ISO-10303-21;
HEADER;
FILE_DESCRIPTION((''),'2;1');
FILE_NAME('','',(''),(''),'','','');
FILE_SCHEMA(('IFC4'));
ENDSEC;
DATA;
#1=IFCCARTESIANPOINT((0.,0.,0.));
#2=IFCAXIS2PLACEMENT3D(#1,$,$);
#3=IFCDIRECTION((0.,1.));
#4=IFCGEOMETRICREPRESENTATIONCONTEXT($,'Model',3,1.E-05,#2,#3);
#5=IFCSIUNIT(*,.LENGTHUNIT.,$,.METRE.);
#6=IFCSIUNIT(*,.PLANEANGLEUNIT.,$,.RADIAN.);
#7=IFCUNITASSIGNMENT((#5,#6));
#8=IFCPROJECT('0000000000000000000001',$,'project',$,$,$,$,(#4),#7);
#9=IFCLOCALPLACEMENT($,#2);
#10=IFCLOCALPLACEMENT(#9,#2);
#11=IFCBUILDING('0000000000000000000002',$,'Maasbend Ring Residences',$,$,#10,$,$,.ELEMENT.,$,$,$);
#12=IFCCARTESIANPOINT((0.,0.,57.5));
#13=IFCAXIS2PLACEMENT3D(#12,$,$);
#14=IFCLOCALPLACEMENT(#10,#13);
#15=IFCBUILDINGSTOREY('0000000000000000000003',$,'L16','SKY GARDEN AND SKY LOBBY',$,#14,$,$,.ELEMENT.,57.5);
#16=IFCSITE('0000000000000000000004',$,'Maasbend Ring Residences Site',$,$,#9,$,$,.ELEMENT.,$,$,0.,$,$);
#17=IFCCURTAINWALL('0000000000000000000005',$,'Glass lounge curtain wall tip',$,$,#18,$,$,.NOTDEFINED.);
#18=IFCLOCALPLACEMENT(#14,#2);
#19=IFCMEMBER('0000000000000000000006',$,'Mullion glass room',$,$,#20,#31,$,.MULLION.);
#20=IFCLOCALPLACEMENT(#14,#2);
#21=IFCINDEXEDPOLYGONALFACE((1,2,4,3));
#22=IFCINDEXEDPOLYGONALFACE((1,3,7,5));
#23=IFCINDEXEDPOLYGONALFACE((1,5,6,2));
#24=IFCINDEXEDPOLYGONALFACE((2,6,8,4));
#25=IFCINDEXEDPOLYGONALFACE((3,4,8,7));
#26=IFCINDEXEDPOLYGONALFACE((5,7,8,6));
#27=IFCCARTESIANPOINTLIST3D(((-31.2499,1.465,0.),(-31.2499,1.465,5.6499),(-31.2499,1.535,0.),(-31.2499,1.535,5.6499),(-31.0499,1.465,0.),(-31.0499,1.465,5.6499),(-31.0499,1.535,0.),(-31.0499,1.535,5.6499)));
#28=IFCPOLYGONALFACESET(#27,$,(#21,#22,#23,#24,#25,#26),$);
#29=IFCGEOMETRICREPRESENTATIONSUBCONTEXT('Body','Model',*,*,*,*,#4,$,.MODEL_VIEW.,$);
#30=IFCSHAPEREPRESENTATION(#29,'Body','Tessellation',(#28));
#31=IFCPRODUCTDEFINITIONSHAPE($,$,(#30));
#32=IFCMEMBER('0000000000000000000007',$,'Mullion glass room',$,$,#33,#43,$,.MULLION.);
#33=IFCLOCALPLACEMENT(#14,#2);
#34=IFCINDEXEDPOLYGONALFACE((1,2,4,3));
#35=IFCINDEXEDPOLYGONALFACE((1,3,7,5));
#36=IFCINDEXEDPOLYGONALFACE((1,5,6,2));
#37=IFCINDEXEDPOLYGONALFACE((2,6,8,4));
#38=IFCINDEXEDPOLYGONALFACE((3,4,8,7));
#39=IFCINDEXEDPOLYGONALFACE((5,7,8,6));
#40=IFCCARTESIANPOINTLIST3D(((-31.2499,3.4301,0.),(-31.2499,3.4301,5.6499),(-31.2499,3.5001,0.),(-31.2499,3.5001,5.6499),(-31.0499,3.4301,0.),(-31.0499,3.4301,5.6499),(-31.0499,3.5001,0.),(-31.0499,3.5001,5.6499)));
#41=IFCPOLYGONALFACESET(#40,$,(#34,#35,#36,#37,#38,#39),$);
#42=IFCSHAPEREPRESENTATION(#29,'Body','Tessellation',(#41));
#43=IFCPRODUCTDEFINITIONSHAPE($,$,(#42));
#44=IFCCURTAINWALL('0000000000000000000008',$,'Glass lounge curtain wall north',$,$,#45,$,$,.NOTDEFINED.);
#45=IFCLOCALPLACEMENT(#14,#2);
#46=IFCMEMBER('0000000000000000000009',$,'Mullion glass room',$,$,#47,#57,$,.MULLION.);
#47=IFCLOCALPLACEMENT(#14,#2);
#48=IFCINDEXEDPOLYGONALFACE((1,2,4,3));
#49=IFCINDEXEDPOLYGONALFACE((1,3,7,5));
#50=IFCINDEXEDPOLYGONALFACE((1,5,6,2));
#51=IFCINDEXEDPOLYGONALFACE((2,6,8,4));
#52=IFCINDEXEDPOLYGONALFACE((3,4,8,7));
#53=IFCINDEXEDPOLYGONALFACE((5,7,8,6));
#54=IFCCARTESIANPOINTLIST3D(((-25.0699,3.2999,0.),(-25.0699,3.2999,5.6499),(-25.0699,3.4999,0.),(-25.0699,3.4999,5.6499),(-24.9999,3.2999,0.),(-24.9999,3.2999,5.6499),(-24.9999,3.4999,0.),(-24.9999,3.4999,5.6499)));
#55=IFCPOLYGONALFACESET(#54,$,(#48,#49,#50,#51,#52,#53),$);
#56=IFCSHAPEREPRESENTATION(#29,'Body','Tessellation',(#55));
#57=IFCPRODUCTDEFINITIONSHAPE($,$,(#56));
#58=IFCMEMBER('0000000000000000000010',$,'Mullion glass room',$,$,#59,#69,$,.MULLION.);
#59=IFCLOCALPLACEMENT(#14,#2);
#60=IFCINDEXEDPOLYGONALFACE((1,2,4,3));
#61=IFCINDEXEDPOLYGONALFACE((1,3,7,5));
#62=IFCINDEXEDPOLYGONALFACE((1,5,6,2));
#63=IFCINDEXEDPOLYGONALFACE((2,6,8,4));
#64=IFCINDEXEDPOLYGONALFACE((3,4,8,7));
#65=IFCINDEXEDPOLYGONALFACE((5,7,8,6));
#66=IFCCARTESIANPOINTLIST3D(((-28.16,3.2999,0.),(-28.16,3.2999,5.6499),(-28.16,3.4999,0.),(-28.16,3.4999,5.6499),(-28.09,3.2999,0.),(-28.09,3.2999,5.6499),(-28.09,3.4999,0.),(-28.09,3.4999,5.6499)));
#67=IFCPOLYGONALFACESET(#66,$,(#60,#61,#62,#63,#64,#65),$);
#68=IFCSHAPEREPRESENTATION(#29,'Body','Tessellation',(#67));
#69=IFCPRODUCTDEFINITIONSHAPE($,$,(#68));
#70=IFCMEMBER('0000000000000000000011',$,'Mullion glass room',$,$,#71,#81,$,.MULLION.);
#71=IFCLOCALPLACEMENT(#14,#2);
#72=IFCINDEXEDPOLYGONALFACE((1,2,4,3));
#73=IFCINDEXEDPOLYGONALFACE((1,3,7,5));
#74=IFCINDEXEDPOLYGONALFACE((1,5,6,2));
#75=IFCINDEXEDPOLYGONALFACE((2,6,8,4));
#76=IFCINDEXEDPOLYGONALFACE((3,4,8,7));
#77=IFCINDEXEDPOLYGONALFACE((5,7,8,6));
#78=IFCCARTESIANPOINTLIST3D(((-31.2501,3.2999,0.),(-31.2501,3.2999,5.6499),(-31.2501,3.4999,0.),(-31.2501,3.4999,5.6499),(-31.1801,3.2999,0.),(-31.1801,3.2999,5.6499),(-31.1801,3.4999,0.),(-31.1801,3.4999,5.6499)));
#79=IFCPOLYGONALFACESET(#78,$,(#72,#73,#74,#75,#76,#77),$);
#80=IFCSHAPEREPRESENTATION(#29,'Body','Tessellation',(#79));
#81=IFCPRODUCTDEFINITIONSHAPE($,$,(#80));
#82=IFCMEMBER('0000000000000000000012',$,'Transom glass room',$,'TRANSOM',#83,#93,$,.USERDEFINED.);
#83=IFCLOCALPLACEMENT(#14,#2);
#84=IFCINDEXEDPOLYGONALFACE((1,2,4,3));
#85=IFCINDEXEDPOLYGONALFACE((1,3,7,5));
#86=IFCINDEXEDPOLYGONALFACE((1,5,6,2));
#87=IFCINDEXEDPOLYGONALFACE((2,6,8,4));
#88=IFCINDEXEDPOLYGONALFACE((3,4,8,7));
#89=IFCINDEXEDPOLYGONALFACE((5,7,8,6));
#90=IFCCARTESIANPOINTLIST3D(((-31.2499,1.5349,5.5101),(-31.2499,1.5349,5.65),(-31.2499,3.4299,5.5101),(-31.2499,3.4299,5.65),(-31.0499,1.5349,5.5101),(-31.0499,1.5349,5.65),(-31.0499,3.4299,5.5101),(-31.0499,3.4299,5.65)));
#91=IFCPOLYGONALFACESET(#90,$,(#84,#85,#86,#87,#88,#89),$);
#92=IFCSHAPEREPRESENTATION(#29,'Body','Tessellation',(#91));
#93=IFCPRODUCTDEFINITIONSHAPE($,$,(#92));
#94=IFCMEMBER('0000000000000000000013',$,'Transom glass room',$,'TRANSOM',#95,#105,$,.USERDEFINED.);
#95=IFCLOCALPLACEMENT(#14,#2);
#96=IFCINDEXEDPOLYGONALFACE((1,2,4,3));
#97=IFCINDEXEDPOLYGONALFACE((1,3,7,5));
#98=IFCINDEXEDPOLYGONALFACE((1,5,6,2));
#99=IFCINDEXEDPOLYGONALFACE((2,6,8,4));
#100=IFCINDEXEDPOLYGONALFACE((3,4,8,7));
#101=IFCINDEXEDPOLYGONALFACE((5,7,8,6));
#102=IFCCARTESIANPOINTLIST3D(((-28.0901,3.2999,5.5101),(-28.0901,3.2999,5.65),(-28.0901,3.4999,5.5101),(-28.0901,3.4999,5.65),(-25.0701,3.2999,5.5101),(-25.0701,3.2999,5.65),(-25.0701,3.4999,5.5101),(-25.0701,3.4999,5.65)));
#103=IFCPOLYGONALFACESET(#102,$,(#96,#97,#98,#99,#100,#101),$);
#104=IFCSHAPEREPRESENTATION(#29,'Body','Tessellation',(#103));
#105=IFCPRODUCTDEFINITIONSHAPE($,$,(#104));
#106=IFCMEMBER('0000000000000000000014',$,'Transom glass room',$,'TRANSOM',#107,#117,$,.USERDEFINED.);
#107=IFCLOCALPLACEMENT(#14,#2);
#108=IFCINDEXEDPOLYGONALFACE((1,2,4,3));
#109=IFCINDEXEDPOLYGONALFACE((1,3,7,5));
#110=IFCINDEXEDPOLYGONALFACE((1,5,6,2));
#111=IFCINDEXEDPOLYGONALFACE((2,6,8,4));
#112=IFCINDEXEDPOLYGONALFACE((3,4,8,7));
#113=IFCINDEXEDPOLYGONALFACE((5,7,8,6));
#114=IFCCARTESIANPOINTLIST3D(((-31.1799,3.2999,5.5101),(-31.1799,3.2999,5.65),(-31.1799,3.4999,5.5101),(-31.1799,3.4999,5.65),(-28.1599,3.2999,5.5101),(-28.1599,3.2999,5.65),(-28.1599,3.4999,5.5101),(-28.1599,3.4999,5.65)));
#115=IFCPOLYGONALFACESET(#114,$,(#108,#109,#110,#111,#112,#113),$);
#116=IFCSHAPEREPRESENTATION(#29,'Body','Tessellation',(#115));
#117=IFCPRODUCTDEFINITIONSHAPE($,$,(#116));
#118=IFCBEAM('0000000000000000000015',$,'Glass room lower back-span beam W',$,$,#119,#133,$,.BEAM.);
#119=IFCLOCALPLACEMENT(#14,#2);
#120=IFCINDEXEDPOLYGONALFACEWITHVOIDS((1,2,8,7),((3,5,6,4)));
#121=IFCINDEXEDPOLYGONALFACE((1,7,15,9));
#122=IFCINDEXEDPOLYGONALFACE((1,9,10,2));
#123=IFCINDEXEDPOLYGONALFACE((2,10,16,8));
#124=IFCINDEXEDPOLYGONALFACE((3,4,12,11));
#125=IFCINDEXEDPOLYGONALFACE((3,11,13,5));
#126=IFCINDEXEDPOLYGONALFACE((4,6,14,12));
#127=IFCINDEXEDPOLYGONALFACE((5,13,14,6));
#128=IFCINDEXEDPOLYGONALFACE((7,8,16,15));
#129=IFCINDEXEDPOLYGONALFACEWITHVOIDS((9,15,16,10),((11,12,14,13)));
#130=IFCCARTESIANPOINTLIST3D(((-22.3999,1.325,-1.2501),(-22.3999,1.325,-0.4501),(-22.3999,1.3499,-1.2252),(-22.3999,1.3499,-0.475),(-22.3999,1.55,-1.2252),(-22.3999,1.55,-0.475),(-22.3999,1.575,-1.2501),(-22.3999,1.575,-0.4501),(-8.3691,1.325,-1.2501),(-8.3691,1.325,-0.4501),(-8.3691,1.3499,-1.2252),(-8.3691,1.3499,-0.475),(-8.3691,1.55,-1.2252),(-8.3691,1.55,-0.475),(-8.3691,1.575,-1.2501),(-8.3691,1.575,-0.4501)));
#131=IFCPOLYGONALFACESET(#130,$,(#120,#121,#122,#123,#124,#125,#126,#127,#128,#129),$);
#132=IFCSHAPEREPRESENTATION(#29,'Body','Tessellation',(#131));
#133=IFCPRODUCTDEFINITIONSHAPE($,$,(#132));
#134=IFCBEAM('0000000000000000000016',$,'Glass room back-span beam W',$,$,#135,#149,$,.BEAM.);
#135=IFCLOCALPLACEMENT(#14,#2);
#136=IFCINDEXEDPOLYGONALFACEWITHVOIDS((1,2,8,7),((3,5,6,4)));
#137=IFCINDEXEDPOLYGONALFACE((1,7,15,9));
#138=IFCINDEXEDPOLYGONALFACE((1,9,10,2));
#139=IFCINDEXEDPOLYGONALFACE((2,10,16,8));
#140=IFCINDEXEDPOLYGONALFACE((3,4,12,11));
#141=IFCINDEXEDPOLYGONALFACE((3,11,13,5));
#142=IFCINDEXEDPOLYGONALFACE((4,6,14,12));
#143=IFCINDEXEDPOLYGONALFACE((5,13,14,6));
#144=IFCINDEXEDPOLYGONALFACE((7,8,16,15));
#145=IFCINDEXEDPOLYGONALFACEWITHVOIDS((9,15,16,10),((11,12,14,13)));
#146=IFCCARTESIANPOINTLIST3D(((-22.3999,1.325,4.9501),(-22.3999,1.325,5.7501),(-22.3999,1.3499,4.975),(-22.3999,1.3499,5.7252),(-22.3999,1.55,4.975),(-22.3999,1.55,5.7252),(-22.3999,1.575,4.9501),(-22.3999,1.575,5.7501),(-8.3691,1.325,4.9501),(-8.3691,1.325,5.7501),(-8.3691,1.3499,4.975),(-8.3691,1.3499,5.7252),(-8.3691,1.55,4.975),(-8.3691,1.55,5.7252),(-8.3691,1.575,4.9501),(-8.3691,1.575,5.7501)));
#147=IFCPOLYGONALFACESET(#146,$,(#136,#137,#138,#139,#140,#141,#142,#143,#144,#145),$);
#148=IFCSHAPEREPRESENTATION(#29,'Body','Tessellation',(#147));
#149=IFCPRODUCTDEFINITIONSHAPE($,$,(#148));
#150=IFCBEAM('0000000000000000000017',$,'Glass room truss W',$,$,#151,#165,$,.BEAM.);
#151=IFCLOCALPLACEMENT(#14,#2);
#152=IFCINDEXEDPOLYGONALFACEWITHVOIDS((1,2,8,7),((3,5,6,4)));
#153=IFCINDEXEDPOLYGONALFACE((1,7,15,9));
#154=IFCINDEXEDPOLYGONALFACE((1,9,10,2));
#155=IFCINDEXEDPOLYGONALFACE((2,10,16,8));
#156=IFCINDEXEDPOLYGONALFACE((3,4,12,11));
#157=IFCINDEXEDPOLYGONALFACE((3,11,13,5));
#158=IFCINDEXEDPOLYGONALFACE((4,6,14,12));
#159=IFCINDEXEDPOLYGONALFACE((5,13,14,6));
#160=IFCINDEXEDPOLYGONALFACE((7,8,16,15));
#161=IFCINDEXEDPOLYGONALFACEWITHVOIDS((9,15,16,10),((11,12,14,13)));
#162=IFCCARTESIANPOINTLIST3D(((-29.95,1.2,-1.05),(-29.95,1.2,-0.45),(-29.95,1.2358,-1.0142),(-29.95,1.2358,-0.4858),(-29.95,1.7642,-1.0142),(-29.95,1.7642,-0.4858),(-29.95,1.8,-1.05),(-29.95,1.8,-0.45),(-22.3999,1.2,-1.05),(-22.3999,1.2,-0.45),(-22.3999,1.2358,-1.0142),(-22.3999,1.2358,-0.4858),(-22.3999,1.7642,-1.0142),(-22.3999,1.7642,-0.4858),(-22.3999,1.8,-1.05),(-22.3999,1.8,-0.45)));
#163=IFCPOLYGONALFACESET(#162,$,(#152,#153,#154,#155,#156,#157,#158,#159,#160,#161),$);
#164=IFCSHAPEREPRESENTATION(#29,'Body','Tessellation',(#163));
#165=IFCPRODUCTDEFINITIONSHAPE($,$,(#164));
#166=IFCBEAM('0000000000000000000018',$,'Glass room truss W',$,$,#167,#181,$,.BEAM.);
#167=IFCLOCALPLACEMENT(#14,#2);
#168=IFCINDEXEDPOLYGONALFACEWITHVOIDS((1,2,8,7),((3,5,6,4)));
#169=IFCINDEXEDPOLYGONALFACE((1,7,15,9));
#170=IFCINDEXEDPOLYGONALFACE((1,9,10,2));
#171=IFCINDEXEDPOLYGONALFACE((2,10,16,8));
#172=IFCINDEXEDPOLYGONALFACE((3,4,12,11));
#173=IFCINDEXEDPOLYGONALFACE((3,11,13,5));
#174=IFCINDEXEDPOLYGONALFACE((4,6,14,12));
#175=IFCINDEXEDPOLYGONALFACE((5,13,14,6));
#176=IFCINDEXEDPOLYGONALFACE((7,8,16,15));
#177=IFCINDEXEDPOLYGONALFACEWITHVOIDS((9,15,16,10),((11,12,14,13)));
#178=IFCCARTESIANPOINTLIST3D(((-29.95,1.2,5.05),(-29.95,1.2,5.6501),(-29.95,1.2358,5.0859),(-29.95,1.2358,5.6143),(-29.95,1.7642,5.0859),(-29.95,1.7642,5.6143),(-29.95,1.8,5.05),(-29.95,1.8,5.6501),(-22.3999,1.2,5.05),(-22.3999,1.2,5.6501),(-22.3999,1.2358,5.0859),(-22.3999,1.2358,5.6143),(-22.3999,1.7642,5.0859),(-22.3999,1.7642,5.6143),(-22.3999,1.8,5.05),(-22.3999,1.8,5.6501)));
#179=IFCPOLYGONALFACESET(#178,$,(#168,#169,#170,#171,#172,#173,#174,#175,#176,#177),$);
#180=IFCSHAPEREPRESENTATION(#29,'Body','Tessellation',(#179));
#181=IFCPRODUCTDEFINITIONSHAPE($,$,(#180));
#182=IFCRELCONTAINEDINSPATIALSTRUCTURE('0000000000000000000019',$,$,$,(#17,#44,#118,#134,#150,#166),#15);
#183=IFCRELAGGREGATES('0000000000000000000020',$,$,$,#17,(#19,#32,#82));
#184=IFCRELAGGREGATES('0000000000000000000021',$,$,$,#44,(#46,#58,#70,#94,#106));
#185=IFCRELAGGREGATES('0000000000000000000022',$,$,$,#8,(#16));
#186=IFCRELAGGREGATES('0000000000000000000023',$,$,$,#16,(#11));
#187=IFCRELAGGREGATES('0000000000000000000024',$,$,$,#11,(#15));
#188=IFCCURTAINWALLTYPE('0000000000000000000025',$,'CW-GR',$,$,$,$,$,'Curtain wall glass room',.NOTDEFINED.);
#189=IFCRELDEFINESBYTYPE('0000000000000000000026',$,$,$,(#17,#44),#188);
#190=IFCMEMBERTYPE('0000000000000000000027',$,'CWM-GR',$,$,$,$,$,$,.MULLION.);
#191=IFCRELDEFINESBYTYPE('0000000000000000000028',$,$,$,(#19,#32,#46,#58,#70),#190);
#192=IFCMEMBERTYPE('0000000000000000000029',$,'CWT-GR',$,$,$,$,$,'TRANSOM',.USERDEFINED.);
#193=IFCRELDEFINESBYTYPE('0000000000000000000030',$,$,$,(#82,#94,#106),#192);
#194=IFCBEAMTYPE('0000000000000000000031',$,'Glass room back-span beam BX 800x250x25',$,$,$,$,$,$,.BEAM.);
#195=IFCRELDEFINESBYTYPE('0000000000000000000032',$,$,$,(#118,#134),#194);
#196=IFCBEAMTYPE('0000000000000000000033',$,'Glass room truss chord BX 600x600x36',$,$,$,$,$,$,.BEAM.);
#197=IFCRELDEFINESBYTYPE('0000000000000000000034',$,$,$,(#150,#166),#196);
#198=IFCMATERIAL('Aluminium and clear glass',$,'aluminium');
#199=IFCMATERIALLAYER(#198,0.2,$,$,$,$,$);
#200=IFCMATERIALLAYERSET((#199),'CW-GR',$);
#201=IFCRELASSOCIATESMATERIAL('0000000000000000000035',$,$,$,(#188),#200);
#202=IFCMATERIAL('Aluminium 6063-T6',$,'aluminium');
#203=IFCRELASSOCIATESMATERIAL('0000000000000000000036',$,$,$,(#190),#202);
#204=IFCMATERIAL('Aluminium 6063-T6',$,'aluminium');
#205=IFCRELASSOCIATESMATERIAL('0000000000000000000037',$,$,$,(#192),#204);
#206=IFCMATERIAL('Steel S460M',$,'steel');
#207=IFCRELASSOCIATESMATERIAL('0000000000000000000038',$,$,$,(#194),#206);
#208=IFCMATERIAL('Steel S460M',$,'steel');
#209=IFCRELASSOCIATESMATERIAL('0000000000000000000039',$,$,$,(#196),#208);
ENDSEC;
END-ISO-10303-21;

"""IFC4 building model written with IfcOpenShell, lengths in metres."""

from ifc_helpers import new_model, si_unit, direction, frame, origin, origin_2d, place, context, subcontext, project, spatial, rectangle, hollow_rectangle, extrude, material, layer, layer_set, material_profile, profile_set, type_object, element, aggregate, save


model = new_model("IFC4")

# Units and contexts
model_context = context("Model", 3, precision=1e-05, world=origin(), true_north=direction((0.0, 1.0)))
body_context = subcontext(model_context, "Body", "Model", "MODEL_VIEW")
ifc_project = project(units=[si_unit("LENGTHUNIT", "METRE"), si_unit("PLANEANGLEUNIT", "RADIAN")], contexts=[model_context])

# Site, building, storey
site_placement = place(None, origin())
site = spatial("IfcSite", under=ifc_project, at=site_placement, Name="Maasbend Ring Residences Site", CompositionType="ELEMENT", RefElevation=0.0)
building_placement = place(site_placement, origin())
building = spatial("IfcBuilding", under=site, at=building_placement, Name="Maasbend Ring Residences", CompositionType="ELEMENT")
storey_placement = place(building_placement, frame((0.0, 0.0, 57.5)))
storey = spatial("IfcBuildingStorey", under=building, at=storey_placement, Name="L16", Description="SKY GARDEN AND SKY LOBBY", CompositionType="ELEMENT", Elevation=57.5)

# Curtain walls, members
ifc_material_1 = material(Name="Aluminium and clear glass", Category="aluminium")
ifc_layer_1 = layer(ifc_material_1, 0.2)
ifc_layer_set_1 = layer_set([ifc_layer_1], Name="CW-GR")
curtain_wall_type = type_object("IfcCurtainWallType", Name="CW-GR", ElementType="Curtain wall glass room", PredefinedType="NOTDEFINED", material=ifc_layer_set_1)
curtain_wall_1_placement = place(storey_placement, origin())
curtain_wall_1 = element("IfcCurtainWall", 1, at=curtain_wall_1_placement, inside=storey, type_object=curtain_wall_type, Name="Glass lounge curtain wall tip", PredefinedType="NOTDEFINED")
ifc_material_2 = material(Name="Aluminium 6063-T6", Category="aluminium")
ifc_material_profile_1 = material_profile(ifc_material_2, rectangle(XDim=0.2, YDim=0.0701, at=origin_2d()), Name="AL 200x70")
ifc_profile_set_1 = profile_set([ifc_material_profile_1], Name="Aluminium 6063-T6")
member_type_1 = type_object("IfcMemberType", Name="CWM-GR", PredefinedType="MULLION", material=ifc_profile_set_1)
member_1_placement = place(storey_placement, frame((-31.1499, 1.5, 0.0), z_axis=(0.0, 0.0, 1.0), x_axis=(-1.0, 0.0, 0.0)))
member_1 = element("IfcMember", 2, at=member_1_placement, type_object=member_type_1, Name="Mullion glass room", PredefinedType="MULLION", context=body_context, shape_type="SweptSolid", body=[
    extrude(rectangle(XDim=0.2, YDim=0.0701, at=origin_2d()), origin(), (0.0, 0.0, 1.0), 5.6499),
])
member_2_placement = place(storey_placement, frame((-31.1499, 3.4651, 0.0), z_axis=(0.0, 0.0, 1.0), x_axis=(-1.0, 0.0, 0.0)))
member_2 = element("IfcMember", 3, at=member_2_placement, type_object=member_type_1, Name="Mullion glass room", PredefinedType="MULLION", context=body_context, shape_type="SweptSolid", body=[
    extrude(rectangle(XDim=0.2, YDim=0.0701, at=origin_2d()), origin(), (0.0, 0.0, 1.0), 5.6499),
])
curtain_wall_2_placement = place(storey_placement, origin())
curtain_wall_2 = element("IfcCurtainWall", 4, at=curtain_wall_2_placement, inside=storey, type_object=curtain_wall_type, Name="Glass lounge curtain wall north", PredefinedType="NOTDEFINED")
member_3_placement = place(storey_placement, frame((-25.0349, 3.3999, 0.0), z_axis=(0.0, 0.0, 1.0), x_axis=(0.0, -1.0, 0.0)))
member_3 = element("IfcMember", 5, at=member_3_placement, type_object=member_type_1, Name="Mullion glass room", PredefinedType="MULLION", context=body_context, shape_type="SweptSolid", body=[
    extrude(rectangle(XDim=0.2, YDim=0.0701, at=origin_2d()), origin(), (0.0, 0.0, 1.0), 5.6499),
])
member_4_placement = place(storey_placement, frame((-28.125, 3.3999, 0.0), z_axis=(0.0, 0.0, 1.0), x_axis=(0.0, -1.0, 0.0)))
member_4 = element("IfcMember", 6, at=member_4_placement, type_object=member_type_1, Name="Mullion glass room", PredefinedType="MULLION", context=body_context, shape_type="SweptSolid", body=[
    extrude(rectangle(XDim=0.2, YDim=0.0701, at=origin_2d()), origin(), (0.0, 0.0, 1.0), 5.6499),
])
member_5_placement = place(storey_placement, frame((-31.2151, 3.3999, 0.0), z_axis=(0.0, 0.0, 1.0), x_axis=(0.0, -1.0, 0.0)))
member_5 = element("IfcMember", 7, at=member_5_placement, type_object=member_type_1, Name="Mullion glass room", PredefinedType="MULLION", context=body_context, shape_type="SweptSolid", body=[
    extrude(rectangle(XDim=0.2, YDim=0.0701, at=origin_2d()), origin(), (0.0, 0.0, 1.0), 5.6499),
])

# Members
ifc_material_3 = material(Name="Aluminium 6063-T6", Category="aluminium")
ifc_material_profile_2 = material_profile(ifc_material_3, rectangle(XDim=0.2, YDim=0.1399, at=origin_2d()), Name="AL 200x140")
ifc_profile_set_2 = profile_set([ifc_material_profile_2], Name="Aluminium 6063-T6")
member_type_2 = type_object("IfcMemberType", Name="CWT-GR", ElementType="TRANSOM", PredefinedType="USERDEFINED", material=ifc_profile_set_2)
member_6_placement = place(storey_placement, frame((-31.1499, 1.5349, 5.5801), z_axis=(0.0, 1.0, 0.0), x_axis=(-1.0, 0.0, 0.0)))
member_6 = element("IfcMember", 8, at=member_6_placement, type_object=member_type_2, Name="Transom glass room", ObjectType="TRANSOM", PredefinedType="USERDEFINED", context=body_context, shape_type="SweptSolid", body=[
    extrude(rectangle(XDim=0.2, YDim=0.1399, at=origin_2d()), origin(), (0.0, 0.0, 1.0), 1.895),
])
member_7_placement = place(storey_placement, frame((-25.0701, 3.3999, 5.5801), z_axis=(-1.0, 0.0, 0.0), x_axis=(0.0, -1.0, 0.0)))
member_7 = element("IfcMember", 9, at=member_7_placement, type_object=member_type_2, Name="Transom glass room", ObjectType="TRANSOM", PredefinedType="USERDEFINED", context=body_context, shape_type="SweptSolid", body=[
    extrude(rectangle(XDim=0.2, YDim=0.1399, at=origin_2d()), origin(), (0.0, 0.0, 1.0), 3.02),
])
member_8_placement = place(storey_placement, frame((-28.1599, 3.3999, 5.5801), z_axis=(-1.0, 0.0, 0.0), x_axis=(0.0, -1.0, 0.0)))
member_8 = element("IfcMember", 10, at=member_8_placement, type_object=member_type_2, Name="Transom glass room", ObjectType="TRANSOM", PredefinedType="USERDEFINED", context=body_context, shape_type="SweptSolid", body=[
    extrude(rectangle(XDim=0.2, YDim=0.1399, at=origin_2d()), origin(), (0.0, 0.0, 1.0), 3.02),
])

# Beams
ifc_material_4 = material(Name="Steel S460M", Category="steel")
ifc_material_profile_3 = material_profile(ifc_material_4, hollow_rectangle(XDim=0.25, YDim=0.8, WallThickness=0.0249, at=origin_2d()), Name="Glass room back-span beam BX 800x250x25")
ifc_profile_set_3 = profile_set([ifc_material_profile_3], Name="Steel S460M")
beam_type_1 = type_object("IfcBeamType", Name="Glass room back-span beam BX 800x250x25", PredefinedType="BEAM", material=ifc_profile_set_3)
for number, where, z_axis, x_axis, name in (
    (11, (-22.3999, 1.45, -0.8501), (1.0, 0.0, 0.0), (0.0, 1.0, 0.0), "Glass room lower back-span beam W"),
    (12, (-22.3999, 1.45, 5.3501), (1.0, 0.0, 0.0), (0.0, 1.0, 0.0), "Glass room back-span beam W"),
):
    element("IfcBeam", number, at=place(storey_placement, frame(where, z_axis=z_axis, x_axis=x_axis)), inside=storey, type_object=beam_type_1, Name=name, PredefinedType="BEAM", context=body_context, shape_type="SweptSolid", body=[
        extrude(hollow_rectangle(XDim=0.25, YDim=0.8, WallThickness=0.0249, at=origin_2d()), origin(), (0.0, 0.0, 1.0), 14.0308),
    ])
ifc_material_5 = material(Name="Steel S460M", Category="steel")
ifc_material_profile_4 = material_profile(ifc_material_5, hollow_rectangle(XDim=0.6001, YDim=0.6001, WallThickness=0.0359, at=origin_2d()), Name="Glass room truss chord BX 600x600x36")
ifc_profile_set_4 = profile_set([ifc_material_profile_4], Name="Steel S460M")
beam_type_2 = type_object("IfcBeamType", Name="Glass room truss chord BX 600x600x36", PredefinedType="BEAM", material=ifc_profile_set_4)
for number, where, z_axis, x_axis, name in (
    (13, (-22.3999, 1.5, -0.75), (-1.0, 0.0, 0.0), (0.0, -1.0, 0.0), "Glass room truss W"),
    (14, (-22.3999, 1.5, 5.3501), (-1.0, 0.0, 0.0), (0.0, -1.0, 0.0), "Glass room truss W"),
):
    element("IfcBeam", number, at=place(storey_placement, frame(where, z_axis=z_axis, x_axis=x_axis)), inside=storey, type_object=beam_type_2, Name=name, PredefinedType="BEAM", context=body_context, shape_type="SweptSolid", body=[
        extrude(hollow_rectangle(XDim=0.6001, YDim=0.6001, WallThickness=0.0359, at=origin_2d()), origin(), (0.0, 0.0, 1.0), 7.55),
    ])

aggregate(curtain_wall_1, [member_1, member_2, member_6])
aggregate(curtain_wall_2, [member_3, member_4, member_5, member_7, member_8])

save(model, "model.ifc")
